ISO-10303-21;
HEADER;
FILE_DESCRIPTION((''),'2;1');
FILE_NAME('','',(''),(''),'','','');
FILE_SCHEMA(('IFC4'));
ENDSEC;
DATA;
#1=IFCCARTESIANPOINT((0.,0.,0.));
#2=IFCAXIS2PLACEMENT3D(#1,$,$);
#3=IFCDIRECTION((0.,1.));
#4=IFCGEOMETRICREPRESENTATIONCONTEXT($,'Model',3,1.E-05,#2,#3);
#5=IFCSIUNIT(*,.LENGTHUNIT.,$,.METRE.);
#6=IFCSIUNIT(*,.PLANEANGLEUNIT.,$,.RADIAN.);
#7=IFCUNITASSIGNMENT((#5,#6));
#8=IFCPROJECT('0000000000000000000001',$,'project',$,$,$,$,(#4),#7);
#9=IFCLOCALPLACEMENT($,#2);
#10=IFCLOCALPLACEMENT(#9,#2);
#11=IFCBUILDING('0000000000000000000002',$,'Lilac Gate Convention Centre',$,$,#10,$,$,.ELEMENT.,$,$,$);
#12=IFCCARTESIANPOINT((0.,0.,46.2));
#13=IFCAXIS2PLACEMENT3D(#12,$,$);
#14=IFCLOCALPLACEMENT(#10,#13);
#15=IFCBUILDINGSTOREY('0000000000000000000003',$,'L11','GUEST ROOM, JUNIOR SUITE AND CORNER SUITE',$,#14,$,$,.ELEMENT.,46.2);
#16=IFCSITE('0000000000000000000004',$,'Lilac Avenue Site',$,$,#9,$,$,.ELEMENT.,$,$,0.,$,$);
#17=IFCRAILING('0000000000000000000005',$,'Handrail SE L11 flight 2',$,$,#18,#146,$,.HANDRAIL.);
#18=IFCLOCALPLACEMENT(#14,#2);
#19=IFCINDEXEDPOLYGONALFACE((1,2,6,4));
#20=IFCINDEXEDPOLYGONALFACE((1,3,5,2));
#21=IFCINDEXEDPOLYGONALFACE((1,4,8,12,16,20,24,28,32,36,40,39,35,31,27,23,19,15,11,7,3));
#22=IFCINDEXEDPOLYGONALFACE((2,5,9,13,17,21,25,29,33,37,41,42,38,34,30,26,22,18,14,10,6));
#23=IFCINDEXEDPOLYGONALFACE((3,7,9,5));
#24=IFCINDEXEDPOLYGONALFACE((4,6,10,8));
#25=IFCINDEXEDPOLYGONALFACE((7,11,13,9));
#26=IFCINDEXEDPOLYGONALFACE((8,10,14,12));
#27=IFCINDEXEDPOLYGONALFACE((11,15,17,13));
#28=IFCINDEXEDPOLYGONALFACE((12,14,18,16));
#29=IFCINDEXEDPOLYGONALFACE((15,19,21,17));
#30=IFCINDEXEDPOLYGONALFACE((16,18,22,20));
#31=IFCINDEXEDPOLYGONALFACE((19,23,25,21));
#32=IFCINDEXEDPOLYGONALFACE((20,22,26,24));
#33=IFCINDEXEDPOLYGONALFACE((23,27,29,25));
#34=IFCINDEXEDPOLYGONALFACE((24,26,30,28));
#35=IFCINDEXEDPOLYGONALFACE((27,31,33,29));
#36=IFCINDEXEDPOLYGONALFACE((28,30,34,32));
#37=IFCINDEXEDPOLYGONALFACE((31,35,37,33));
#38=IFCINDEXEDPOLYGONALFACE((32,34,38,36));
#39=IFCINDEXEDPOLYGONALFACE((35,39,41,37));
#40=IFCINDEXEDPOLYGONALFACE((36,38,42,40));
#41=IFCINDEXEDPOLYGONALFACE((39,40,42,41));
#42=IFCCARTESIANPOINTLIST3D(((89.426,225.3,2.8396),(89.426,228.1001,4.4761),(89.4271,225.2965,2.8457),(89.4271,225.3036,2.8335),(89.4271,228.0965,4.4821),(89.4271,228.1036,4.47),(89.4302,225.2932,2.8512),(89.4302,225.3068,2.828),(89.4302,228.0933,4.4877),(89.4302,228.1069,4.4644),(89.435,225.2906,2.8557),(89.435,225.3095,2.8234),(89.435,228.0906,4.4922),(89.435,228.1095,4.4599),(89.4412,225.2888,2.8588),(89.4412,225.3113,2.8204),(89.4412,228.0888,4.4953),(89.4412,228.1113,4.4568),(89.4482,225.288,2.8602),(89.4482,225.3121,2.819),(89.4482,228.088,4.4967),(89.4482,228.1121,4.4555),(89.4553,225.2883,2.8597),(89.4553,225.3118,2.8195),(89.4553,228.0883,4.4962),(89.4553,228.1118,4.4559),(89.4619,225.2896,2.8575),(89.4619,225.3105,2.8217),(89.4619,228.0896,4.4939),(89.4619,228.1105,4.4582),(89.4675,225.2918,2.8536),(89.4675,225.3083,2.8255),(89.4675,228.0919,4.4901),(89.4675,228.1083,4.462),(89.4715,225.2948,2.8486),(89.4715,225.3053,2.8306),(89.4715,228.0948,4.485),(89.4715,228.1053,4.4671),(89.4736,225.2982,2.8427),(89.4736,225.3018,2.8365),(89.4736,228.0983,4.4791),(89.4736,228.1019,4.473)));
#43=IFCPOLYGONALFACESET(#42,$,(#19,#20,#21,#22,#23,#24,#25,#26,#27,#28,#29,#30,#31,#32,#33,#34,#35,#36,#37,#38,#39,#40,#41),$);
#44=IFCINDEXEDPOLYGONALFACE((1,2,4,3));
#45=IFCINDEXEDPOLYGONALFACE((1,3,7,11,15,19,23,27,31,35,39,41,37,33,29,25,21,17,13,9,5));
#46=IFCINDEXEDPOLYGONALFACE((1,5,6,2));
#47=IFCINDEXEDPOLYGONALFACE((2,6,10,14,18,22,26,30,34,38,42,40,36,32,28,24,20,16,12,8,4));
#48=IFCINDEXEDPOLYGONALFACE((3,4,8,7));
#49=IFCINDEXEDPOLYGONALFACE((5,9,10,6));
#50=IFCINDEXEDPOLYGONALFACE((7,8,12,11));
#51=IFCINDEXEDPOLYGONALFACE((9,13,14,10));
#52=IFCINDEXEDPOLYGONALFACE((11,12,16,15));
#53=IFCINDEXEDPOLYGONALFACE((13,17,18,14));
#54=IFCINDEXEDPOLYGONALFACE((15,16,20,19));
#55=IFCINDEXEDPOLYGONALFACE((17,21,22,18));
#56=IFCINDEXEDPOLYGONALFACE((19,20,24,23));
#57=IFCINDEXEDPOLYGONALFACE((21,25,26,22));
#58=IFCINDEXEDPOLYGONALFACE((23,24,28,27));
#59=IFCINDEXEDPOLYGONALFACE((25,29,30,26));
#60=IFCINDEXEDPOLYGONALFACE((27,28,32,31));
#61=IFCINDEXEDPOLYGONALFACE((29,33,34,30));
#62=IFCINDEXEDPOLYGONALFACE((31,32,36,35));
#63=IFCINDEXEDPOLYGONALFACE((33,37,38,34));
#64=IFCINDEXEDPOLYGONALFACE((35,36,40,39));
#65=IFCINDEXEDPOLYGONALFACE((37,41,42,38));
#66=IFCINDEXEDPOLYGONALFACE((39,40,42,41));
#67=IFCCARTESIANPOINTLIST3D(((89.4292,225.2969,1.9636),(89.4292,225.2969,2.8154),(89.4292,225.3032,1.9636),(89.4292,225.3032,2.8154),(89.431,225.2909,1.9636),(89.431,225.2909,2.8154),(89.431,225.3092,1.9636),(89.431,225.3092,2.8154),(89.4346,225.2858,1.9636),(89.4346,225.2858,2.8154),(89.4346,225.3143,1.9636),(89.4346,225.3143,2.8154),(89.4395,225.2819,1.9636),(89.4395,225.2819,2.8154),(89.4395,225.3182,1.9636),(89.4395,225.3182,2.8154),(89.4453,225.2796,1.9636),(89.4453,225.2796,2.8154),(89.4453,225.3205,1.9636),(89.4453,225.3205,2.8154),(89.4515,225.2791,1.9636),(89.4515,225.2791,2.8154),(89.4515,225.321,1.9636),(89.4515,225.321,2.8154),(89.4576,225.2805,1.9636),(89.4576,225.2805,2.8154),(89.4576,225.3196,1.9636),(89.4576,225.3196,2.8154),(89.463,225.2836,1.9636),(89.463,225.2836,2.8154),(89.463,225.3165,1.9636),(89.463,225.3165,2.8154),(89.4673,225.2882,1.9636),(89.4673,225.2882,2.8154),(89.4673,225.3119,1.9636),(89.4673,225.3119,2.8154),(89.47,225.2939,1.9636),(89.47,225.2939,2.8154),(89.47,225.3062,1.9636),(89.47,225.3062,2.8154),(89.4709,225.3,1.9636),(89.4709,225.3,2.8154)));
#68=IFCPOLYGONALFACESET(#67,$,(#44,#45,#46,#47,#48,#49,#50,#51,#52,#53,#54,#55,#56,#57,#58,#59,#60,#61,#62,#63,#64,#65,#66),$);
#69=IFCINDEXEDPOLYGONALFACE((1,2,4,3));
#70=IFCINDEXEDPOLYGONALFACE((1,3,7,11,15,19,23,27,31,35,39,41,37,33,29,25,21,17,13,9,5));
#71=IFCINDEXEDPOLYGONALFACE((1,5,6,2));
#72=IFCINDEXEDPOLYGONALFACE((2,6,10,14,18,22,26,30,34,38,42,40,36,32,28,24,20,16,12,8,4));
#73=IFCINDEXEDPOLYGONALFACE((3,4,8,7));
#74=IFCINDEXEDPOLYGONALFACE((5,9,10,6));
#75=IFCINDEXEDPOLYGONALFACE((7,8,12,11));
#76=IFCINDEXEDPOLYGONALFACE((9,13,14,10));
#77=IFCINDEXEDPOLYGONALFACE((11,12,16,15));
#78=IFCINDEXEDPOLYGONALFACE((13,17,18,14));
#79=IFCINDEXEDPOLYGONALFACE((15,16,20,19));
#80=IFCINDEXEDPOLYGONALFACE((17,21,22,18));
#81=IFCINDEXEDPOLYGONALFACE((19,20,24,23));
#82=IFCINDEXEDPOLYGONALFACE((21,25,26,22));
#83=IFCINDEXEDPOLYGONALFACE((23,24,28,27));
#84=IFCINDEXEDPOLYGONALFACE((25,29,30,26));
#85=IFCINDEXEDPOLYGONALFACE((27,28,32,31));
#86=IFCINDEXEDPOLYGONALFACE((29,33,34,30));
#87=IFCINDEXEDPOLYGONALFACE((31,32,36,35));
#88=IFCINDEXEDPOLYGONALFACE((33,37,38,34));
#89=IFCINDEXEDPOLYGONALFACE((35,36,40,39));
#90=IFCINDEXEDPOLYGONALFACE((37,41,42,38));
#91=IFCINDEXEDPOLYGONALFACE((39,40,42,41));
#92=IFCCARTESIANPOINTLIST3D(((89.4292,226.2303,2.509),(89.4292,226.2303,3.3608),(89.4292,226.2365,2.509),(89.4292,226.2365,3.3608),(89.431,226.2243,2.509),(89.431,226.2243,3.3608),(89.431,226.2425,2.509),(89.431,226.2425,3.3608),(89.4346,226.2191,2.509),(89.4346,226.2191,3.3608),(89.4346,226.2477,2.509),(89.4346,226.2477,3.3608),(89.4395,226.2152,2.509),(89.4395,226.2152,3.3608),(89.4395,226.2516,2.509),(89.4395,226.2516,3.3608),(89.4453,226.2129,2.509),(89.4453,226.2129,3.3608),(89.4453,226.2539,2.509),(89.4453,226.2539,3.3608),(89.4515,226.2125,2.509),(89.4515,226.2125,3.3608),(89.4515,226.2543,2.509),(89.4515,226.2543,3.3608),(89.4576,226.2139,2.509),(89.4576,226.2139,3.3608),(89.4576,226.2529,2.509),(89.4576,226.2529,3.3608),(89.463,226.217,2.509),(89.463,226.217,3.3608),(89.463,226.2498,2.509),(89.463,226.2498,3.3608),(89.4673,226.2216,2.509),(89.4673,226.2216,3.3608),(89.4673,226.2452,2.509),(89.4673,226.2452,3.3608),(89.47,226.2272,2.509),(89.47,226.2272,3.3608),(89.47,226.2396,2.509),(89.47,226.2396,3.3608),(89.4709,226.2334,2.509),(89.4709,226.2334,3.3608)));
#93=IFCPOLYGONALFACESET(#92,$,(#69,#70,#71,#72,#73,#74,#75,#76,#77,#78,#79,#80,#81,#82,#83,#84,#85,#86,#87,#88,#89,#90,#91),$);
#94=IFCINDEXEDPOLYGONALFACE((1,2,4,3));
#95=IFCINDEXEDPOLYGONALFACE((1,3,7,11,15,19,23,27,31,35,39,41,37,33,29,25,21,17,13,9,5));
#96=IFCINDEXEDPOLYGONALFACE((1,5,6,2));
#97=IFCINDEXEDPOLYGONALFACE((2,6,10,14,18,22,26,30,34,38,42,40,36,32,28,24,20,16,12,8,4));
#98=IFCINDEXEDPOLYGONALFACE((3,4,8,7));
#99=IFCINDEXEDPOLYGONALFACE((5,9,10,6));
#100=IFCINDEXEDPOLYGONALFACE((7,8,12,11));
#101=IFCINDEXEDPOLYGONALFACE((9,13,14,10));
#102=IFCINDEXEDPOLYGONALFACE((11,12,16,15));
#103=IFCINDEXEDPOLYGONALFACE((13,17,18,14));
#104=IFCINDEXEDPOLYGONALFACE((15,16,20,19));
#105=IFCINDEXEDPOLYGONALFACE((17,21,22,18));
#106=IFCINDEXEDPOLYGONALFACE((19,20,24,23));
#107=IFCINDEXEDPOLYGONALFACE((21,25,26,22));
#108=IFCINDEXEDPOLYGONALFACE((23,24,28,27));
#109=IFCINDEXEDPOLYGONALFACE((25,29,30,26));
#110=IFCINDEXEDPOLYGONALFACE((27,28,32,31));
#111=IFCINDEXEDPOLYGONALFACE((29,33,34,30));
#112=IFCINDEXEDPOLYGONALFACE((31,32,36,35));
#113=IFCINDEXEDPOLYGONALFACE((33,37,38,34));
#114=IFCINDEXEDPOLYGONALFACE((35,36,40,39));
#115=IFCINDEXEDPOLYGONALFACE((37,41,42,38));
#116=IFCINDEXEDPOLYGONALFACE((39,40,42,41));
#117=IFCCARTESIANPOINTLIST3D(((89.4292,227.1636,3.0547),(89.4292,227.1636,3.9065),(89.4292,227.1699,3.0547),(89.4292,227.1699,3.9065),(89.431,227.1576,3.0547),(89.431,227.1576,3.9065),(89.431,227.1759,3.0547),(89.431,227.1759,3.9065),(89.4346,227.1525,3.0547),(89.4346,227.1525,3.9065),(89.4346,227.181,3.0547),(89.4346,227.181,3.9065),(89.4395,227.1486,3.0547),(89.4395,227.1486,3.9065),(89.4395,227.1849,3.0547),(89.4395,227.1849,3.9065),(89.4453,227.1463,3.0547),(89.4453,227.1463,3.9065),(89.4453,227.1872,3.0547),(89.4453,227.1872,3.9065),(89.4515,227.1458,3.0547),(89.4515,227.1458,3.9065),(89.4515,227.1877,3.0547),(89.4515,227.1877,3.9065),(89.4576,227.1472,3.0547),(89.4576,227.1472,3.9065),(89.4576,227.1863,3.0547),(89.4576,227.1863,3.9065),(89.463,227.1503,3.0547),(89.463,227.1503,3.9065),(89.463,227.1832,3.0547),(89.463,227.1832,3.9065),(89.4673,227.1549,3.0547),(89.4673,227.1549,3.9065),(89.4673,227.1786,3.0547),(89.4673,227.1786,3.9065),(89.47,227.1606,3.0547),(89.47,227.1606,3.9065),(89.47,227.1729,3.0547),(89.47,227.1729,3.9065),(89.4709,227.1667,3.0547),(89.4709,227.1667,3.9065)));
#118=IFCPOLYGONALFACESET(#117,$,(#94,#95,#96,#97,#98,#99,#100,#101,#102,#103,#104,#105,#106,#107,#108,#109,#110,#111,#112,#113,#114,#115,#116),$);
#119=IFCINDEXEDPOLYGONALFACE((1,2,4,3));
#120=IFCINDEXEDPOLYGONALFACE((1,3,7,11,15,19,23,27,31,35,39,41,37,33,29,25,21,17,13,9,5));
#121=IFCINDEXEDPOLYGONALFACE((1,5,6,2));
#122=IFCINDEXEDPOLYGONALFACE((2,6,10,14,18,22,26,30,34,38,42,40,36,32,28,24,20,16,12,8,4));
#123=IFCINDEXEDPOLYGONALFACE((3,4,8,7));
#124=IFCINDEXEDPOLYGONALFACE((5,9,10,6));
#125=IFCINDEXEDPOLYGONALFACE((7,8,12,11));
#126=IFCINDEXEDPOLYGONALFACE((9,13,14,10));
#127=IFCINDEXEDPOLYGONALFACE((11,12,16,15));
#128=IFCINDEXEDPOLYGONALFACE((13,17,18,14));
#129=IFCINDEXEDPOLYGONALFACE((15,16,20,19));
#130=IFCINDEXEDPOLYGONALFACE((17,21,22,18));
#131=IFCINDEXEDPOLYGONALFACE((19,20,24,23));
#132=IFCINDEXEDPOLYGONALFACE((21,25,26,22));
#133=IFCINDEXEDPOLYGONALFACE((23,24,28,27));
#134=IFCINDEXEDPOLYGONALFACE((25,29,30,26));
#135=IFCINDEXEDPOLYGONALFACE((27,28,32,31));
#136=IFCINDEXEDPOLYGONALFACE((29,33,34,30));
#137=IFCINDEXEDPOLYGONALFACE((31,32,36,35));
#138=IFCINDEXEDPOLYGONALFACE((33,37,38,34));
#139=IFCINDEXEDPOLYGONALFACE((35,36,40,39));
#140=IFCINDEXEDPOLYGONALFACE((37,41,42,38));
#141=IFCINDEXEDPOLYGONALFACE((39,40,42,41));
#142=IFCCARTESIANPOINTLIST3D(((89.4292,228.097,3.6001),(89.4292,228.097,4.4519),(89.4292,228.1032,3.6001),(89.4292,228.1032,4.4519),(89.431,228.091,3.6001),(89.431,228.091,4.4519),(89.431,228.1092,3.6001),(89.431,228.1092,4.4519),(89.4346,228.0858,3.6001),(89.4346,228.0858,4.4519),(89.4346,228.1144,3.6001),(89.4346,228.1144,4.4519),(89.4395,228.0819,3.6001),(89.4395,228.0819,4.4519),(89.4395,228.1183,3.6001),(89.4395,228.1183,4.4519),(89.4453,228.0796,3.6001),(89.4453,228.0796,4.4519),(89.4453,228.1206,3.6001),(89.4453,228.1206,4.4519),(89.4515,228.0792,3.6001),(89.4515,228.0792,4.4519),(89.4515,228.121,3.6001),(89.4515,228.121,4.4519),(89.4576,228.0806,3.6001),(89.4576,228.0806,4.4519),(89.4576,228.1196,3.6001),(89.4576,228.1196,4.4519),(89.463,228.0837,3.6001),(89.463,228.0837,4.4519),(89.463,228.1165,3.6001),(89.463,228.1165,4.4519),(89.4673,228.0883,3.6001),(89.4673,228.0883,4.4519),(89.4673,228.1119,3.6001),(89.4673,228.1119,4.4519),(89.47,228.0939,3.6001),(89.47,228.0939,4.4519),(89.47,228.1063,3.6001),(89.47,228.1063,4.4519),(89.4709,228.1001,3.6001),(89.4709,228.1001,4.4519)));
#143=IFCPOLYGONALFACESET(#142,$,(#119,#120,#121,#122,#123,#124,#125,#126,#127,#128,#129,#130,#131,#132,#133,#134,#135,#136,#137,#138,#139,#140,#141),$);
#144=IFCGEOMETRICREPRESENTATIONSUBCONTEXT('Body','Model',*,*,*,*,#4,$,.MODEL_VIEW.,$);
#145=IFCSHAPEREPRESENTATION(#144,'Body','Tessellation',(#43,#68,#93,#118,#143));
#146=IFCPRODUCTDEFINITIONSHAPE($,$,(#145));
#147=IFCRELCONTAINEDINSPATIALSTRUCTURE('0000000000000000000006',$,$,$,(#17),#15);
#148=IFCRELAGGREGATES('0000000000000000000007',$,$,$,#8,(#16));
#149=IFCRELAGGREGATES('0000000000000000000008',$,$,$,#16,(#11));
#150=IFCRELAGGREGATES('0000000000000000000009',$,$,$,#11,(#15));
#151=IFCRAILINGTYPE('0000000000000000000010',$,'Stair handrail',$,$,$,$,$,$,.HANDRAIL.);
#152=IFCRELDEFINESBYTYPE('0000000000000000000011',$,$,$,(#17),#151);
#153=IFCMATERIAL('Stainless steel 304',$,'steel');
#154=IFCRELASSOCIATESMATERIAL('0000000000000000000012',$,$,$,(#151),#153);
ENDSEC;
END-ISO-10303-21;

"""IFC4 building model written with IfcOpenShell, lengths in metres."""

from ifc_helpers import new_model, si_unit, direction, frame, origin, origin_2d, place, context, subcontext, project, spatial, circle, extrude, material, type_object, element, save


model = new_model("IFC4")

# Units and contexts
model_context = context("Model", 3, precision=1e-05, world=origin(), true_north=direction((0.0, 1.0)))
body_context = subcontext(model_context, "Body", "Model", "MODEL_VIEW")
ifc_project = project(units=[si_unit("LENGTHUNIT", "METRE"), si_unit("PLANEANGLEUNIT", "RADIAN")], contexts=[model_context])

# Site, building, storey
site_placement = place(None, origin())
site = spatial("IfcSite", under=ifc_project, at=site_placement, Name="Lilac Avenue Site", CompositionType="ELEMENT", RefElevation=0.0)
building_placement = place(site_placement, origin())
building = spatial("IfcBuilding", under=site, at=building_placement, Name="Lilac Gate Convention Centre", CompositionType="ELEMENT")
storey_placement = place(building_placement, frame((0.0, 0.0, 46.2)))
storey = spatial("IfcBuildingStorey", under=building, at=storey_placement, Name="L11", Description="GUEST ROOM, JUNIOR SUITE AND CORNER SUITE", CompositionType="ELEMENT", Elevation=46.2)

# Railing
ifc_material_1 = material(Name="Stainless steel 304", Category="steel")
railing_type = type_object("IfcRailingType", Name="Stair handrail", PredefinedType="HANDRAIL", material=ifc_material_1)
for number, where, name in (
    (1, (89.45, 225.3, 1.9636), "Handrail SE L11 flight 2"),
):
    element("IfcRailing", number, at=place(storey_placement, frame(where)), inside=storey, type_object=railing_type, Name=name, PredefinedType="HANDRAIL", context=body_context, shape_type="SweptSolid", body=[
        extrude(circle(Radius=0.0239, at=origin_2d()), frame((0.0, 0.0, 0.876), z_axis=(0.0, 0.863361, 0.504587), x_axis=(-1.0, 0.0, 0.0)), (0.0, 0.0, 1.0), 3.2432),
        extrude(circle(Radius=0.021, at=origin_2d()), origin(), (0.0, 0.0, 1.0), 0.8518),
        extrude(circle(Radius=0.021, at=origin_2d()), frame((0.0, 0.9333, 0.5454)), (0.0, 0.0, 1.0), 0.8518),
        extrude(circle(Radius=0.021, at=origin_2d()), frame((0.0, 1.8667, 1.0911)), (0.0, 0.0, 1.0), 0.8518),
        extrude(circle(Radius=0.021, at=origin_2d()), frame((0.0, 2.8, 1.6365)), (0.0, 0.0, 1.0), 0.8518),
    ])

save(model, "model.ifc")
